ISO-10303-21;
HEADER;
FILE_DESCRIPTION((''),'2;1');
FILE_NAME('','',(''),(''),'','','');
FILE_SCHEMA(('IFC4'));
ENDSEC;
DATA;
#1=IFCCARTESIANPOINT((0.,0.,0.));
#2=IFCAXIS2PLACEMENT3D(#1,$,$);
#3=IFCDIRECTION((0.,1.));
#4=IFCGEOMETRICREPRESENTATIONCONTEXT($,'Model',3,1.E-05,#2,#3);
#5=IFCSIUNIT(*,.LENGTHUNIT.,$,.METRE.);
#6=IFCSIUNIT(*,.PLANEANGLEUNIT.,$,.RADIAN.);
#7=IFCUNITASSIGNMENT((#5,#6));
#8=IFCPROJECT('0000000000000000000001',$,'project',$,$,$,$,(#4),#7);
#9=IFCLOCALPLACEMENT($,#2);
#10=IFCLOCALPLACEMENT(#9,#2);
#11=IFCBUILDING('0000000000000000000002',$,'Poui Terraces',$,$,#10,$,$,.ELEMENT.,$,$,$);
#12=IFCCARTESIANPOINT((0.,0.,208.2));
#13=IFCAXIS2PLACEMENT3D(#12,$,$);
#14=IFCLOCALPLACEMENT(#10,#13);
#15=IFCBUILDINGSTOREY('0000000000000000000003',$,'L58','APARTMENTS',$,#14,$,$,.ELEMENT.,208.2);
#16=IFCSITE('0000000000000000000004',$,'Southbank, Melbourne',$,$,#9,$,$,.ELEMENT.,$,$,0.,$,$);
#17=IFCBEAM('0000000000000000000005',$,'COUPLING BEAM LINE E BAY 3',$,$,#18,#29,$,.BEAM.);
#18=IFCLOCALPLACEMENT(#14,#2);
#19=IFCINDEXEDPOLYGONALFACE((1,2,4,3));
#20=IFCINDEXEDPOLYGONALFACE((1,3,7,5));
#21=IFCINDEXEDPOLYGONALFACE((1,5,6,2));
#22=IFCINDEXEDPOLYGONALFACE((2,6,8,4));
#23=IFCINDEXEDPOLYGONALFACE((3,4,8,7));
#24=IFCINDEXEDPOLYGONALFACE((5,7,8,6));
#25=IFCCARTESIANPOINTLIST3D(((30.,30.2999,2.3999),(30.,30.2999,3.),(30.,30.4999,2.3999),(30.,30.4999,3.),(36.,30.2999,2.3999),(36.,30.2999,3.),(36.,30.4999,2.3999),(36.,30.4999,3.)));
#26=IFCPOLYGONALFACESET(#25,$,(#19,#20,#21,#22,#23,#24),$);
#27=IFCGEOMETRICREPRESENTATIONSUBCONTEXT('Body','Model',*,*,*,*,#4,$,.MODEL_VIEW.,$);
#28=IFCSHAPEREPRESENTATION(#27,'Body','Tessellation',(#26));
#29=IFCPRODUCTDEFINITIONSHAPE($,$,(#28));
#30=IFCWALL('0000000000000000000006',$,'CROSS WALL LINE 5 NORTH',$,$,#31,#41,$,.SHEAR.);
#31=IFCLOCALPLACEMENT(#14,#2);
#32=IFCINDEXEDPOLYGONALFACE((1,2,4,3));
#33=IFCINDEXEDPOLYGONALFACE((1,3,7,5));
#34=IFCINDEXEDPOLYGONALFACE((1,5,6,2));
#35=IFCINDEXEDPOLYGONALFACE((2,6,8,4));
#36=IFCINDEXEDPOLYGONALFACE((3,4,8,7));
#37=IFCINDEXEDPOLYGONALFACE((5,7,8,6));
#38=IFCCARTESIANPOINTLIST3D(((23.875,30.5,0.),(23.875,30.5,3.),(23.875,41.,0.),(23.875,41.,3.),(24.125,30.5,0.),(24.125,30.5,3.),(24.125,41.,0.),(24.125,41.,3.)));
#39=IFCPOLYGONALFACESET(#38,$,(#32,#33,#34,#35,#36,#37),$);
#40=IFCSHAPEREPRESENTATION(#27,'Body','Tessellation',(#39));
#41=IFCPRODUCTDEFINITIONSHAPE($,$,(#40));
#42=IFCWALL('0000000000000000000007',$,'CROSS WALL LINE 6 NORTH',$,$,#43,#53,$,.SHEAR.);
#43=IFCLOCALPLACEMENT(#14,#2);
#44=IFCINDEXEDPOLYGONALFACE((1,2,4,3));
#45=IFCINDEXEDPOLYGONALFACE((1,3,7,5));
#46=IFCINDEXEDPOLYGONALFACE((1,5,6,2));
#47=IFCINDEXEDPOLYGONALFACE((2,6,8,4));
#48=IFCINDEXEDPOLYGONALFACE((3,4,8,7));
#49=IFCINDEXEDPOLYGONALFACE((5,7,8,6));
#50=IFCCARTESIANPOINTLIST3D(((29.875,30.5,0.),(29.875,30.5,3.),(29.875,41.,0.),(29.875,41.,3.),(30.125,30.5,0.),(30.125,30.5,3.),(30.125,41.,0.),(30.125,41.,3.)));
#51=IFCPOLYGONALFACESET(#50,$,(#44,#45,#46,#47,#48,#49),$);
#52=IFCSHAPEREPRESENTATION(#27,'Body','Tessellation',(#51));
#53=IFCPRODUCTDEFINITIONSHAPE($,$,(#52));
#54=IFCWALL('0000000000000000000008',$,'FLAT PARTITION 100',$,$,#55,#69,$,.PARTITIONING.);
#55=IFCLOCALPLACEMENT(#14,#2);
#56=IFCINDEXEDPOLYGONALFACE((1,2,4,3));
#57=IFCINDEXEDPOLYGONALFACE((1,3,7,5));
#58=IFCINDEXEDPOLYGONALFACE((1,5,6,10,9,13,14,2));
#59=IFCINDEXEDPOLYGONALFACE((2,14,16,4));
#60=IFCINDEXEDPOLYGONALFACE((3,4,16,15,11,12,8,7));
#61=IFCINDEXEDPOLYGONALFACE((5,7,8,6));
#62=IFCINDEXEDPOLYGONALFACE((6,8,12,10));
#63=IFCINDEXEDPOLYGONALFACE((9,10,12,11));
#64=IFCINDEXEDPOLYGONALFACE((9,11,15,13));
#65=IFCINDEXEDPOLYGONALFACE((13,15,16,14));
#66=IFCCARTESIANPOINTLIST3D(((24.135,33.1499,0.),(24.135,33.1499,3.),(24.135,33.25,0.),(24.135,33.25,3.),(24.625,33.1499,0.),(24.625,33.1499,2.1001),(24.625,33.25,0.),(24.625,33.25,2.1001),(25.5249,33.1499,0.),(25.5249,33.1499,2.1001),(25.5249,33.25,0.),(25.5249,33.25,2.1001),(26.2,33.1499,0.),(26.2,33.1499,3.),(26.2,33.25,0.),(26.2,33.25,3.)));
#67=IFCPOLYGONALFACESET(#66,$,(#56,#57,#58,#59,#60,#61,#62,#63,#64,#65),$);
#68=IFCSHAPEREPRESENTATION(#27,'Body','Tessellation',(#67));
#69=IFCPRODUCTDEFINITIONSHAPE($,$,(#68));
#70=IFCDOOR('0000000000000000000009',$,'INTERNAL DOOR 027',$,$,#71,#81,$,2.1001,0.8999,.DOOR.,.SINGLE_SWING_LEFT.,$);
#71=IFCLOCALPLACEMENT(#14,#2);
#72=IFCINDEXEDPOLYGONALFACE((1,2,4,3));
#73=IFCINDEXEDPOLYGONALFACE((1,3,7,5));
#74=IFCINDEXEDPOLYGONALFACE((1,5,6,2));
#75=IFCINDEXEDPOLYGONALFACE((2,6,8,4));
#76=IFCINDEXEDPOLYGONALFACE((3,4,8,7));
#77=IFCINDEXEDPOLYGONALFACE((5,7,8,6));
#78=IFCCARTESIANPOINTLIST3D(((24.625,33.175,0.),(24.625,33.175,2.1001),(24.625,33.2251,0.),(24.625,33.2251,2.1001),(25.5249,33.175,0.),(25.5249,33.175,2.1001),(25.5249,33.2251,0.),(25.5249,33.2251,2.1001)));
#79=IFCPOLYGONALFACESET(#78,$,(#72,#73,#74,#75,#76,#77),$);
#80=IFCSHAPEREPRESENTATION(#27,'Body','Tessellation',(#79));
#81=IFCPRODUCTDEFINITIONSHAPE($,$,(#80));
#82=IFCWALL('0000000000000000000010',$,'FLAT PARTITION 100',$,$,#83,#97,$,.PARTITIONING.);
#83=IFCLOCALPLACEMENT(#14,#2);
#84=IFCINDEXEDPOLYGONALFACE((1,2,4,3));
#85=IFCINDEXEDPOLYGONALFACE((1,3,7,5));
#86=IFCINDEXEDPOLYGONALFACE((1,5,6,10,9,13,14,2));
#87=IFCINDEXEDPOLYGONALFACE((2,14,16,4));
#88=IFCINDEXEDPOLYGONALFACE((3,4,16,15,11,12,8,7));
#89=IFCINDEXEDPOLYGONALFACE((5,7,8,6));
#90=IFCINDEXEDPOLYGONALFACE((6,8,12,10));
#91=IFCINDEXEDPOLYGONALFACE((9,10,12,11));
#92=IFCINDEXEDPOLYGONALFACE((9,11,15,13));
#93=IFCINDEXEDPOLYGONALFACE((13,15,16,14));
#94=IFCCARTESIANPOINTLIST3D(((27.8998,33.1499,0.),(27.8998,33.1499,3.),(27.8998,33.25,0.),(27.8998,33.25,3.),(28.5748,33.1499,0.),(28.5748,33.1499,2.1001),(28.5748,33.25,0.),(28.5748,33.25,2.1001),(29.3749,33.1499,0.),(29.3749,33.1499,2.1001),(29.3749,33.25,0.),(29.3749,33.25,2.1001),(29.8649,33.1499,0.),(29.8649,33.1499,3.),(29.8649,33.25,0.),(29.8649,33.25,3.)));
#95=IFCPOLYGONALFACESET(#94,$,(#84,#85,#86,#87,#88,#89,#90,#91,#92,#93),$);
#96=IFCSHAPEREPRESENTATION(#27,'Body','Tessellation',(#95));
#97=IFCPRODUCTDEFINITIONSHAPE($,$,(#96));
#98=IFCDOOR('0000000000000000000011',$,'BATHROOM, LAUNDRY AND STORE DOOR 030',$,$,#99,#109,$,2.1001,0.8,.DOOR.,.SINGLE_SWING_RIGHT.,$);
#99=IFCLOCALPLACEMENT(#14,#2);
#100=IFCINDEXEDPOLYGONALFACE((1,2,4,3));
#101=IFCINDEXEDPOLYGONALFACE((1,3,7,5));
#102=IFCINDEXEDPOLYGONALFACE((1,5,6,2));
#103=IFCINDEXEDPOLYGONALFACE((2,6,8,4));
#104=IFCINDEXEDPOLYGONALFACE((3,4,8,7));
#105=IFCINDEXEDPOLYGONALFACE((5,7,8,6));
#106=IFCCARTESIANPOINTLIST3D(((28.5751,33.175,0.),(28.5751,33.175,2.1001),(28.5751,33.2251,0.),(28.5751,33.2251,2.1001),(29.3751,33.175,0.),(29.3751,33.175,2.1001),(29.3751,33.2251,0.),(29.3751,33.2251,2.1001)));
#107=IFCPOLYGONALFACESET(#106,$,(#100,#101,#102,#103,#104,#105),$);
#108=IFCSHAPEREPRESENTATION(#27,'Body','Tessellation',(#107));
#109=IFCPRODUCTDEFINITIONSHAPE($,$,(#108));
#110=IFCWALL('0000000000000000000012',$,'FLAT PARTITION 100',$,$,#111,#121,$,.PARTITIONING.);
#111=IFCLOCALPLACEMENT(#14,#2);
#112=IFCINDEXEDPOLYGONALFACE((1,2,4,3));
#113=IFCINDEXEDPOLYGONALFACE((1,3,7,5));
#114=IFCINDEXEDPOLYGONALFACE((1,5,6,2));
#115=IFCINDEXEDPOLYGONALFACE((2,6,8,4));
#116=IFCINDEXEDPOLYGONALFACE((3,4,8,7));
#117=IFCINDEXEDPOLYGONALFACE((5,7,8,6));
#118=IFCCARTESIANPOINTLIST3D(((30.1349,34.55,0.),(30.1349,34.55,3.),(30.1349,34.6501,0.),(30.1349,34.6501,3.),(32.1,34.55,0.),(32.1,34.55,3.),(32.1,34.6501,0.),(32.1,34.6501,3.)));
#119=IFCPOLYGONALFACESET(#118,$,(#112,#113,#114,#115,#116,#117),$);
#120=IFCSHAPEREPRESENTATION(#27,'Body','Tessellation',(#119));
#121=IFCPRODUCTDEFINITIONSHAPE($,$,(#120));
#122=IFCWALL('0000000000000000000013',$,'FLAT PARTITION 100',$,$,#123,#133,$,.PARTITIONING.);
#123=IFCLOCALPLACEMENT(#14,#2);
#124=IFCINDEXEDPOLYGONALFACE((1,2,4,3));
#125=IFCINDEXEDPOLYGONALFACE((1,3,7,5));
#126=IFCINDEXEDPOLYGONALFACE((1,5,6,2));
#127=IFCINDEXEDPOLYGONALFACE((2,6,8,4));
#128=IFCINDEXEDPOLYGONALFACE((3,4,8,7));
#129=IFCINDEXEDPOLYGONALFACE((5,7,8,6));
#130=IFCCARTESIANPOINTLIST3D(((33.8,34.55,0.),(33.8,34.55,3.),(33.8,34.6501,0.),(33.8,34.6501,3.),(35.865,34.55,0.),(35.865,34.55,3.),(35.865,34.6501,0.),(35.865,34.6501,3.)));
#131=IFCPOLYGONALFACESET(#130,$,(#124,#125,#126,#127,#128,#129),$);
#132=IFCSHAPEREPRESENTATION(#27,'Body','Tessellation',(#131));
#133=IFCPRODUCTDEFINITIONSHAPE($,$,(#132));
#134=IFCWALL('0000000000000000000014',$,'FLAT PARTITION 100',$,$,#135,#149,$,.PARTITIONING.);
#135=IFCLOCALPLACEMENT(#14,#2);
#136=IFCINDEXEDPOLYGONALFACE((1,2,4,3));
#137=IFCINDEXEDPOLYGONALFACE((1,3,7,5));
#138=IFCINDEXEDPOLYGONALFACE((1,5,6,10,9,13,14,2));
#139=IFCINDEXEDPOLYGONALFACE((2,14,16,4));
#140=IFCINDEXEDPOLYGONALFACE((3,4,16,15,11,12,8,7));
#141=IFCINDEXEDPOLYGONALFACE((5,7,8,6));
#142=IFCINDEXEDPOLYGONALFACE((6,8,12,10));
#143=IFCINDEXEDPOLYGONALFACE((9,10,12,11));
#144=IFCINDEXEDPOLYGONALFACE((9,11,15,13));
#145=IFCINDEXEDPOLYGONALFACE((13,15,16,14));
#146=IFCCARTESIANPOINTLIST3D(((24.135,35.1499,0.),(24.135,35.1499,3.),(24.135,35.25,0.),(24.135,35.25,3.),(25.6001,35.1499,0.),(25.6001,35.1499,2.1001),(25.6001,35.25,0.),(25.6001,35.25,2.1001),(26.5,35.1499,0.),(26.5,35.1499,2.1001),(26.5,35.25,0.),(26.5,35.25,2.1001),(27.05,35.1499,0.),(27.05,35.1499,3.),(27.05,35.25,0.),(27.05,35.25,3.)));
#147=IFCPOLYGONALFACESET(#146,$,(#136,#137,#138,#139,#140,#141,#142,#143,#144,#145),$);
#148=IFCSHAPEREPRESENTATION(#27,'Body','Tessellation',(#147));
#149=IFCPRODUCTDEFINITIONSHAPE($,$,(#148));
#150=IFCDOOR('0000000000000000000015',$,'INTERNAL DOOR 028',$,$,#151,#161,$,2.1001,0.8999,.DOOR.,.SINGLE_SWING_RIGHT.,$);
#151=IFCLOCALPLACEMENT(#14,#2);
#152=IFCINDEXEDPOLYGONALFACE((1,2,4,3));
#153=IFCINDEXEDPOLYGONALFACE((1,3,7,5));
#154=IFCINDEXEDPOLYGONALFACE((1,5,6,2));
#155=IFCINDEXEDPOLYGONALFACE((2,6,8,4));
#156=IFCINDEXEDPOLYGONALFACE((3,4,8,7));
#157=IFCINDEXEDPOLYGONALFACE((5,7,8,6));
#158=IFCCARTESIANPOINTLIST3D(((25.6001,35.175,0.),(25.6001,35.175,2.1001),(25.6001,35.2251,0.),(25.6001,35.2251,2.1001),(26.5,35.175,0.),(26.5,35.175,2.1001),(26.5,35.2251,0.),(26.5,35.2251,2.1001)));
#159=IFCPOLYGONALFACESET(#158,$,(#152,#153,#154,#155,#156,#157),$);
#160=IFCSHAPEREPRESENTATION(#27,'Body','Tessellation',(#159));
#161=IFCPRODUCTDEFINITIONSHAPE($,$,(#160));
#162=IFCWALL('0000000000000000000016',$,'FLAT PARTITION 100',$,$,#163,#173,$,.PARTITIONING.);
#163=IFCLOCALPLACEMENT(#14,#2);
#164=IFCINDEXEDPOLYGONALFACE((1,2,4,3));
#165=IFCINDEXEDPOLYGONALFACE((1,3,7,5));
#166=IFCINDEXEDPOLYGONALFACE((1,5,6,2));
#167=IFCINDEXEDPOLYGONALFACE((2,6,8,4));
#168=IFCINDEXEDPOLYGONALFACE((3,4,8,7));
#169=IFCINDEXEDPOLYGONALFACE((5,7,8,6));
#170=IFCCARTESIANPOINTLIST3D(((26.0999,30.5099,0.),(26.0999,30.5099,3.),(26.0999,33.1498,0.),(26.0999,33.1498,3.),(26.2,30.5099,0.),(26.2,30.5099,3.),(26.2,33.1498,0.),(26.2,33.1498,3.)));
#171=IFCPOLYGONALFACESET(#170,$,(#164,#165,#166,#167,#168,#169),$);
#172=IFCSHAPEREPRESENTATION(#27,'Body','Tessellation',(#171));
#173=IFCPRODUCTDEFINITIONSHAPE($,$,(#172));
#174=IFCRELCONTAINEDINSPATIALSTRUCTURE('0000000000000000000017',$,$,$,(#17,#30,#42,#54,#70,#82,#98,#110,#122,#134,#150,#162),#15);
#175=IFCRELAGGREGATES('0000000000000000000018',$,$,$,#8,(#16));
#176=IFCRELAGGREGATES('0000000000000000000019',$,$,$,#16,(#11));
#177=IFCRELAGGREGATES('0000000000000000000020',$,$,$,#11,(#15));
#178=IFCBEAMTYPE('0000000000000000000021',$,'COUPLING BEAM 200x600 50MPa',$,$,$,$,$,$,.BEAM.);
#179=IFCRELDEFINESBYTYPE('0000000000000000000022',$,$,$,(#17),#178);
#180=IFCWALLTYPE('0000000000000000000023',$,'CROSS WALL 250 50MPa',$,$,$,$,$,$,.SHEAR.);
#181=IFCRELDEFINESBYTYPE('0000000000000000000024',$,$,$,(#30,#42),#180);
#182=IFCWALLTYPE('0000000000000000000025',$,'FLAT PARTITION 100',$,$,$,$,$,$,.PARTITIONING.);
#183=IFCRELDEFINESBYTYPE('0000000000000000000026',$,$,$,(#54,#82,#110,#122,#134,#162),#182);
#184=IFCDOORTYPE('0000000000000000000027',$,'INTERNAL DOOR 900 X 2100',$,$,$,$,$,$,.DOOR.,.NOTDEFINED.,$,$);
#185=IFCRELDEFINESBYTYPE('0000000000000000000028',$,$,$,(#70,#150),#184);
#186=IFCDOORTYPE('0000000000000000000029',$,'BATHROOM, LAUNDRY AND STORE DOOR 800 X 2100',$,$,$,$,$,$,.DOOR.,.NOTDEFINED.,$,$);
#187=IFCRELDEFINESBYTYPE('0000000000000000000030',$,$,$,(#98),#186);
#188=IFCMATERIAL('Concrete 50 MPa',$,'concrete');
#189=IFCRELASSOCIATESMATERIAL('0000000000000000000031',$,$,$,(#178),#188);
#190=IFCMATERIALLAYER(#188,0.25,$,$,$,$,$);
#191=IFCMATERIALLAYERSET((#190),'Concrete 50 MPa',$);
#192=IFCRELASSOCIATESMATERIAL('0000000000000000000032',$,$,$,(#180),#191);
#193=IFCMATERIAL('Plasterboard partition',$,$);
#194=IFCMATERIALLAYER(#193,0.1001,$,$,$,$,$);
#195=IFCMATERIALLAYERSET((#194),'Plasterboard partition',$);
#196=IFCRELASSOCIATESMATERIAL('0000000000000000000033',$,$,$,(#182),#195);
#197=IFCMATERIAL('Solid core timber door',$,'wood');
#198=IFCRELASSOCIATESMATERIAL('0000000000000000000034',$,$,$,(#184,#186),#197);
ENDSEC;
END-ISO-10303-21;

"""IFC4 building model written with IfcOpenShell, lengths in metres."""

from ifc_helpers import new_model, si_unit, direction, frame, frame_2d, origin, origin_2d, place, context, subcontext, project, spatial, rectangle, extrude, source, transform, mapped, material, layer, layer_set, material_profile, profile_set, type_object, element, fill, save


model = new_model("IFC4")

# Units and contexts
model_context = context("Model", 3, precision=1e-05, world=origin(), true_north=direction((0.0, 1.0)))
body_context = subcontext(model_context, "Body", "Model", "MODEL_VIEW")
ifc_project = project(units=[si_unit("LENGTHUNIT", "METRE"), si_unit("PLANEANGLEUNIT", "RADIAN")], contexts=[model_context])

# Site, building, storey
site_placement = place(None, origin())
site = spatial("IfcSite", under=ifc_project, at=site_placement, Name="Southbank, Melbourne", CompositionType="ELEMENT", RefElevation=0.0)
building_placement = place(site_placement, origin())
building = spatial("IfcBuilding", under=site, at=building_placement, Name="Poui Terraces", CompositionType="ELEMENT")
storey_placement = place(building_placement, frame((0.0, 0.0, 208.2)))
storey = spatial("IfcBuildingStorey", under=building, at=storey_placement, Name="L58", Description="APARTMENTS", CompositionType="ELEMENT", Elevation=208.2)

# Beam
ifc_material_1 = material(Name="Concrete 50 MPa", Category="concrete")
ifc_material_profile_1 = material_profile(ifc_material_1, rectangle(XDim=0.2, YDim=0.6001, at=origin_2d()), Name="RC 200x600")
ifc_profile_set_1 = profile_set([ifc_material_profile_1], Name="Concrete 50 MPa")
beam_type = type_object("IfcBeamType", Name="COUPLING BEAM 200x600 50MPa", PredefinedType="BEAM", material=ifc_profile_set_1)
shared_shape_1 = source(origin(), body_context, "Body", "SweptSolid", [
    extrude(rectangle(XDim=0.2, YDim=0.6001, at=origin_2d()), origin(), (0.0, 0.0, 1.0), 6.0),
])
beam_placement = place(storey_placement, frame((30.0, 30.3999, 2.7), z_axis=(1.0, 0.0, 0.0), x_axis=(0.0, 1.0, 0.0)))
element("IfcBeam", 1, at=beam_placement, inside=storey, type_object=beam_type, Name="COUPLING BEAM LINE E BAY 3", PredefinedType="BEAM", context=body_context, shape_type="MappedRepresentation", body=[
    mapped(shared_shape_1, transform((0.0, 0.0, 0.0))),
])

# Walls
ifc_layer_1 = layer(ifc_material_1, 0.25)
ifc_layer_set_1 = layer_set([ifc_layer_1], Name="Concrete 50 MPa")
wall_type_1 = type_object("IfcWallType", Name="CROSS WALL 250 50MPa", PredefinedType="SHEAR", material=ifc_layer_set_1)
for number, where, z_axis, x_axis, name in (
    (2, (24.0, 30.5, 0.0), (0.0, 0.0, 1.0), (0.0, 1.0, 0.0), "CROSS WALL LINE 5 NORTH"),
    (3, (30.0, 30.5, 0.0), (0.0, 0.0, 1.0), (0.0, 1.0, 0.0), "CROSS WALL LINE 6 NORTH"),
):
    element("IfcWall", number, at=place(storey_placement, frame(where, z_axis=z_axis, x_axis=x_axis)), inside=storey, type_object=wall_type_1, Name=name, PredefinedType="SHEAR", context=body_context, shape_type="SweptSolid", body=[
        extrude(rectangle(XDim=10.5, YDim=0.25, at=frame_2d((5.25, 0.0))), origin(), (0.0, 0.0, 1.0), 3.0),
    ])

# Walls, openings, doors
ifc_material_2 = material(Name="Plasterboard partition")
ifc_layer_2 = layer(ifc_material_2, 0.1001)
ifc_layer_set_2 = layer_set([ifc_layer_2], Name="Plasterboard partition")
wall_type_2 = type_object("IfcWallType", Name="FLAT PARTITION 100", PredefinedType="PARTITIONING", material=ifc_layer_set_2)
wall_1_placement = place(storey_placement, frame((24.135, 33.2, 0.0), z_axis=(0.0, 0.0, 1.0), x_axis=(1.0, 0.0, 0.0)))
wall_1 = element("IfcWall", 4, at=wall_1_placement, inside=storey, type_object=wall_type_2, Name="FLAT PARTITION 100", PredefinedType="PARTITIONING", context=body_context, shape_type="SweptSolid", body=[
    extrude(rectangle(XDim=2.0649, YDim=0.1001, at=frame_2d((1.0325, 0.0))), origin(), (0.0, 0.0, 1.0), 3.0),
])
opening_1_placement = place(wall_1_placement, frame((0.49, 0.0, 0.0)))
opening_1 = element("IfcOpeningElement", 5, at=opening_1_placement, cuts=wall_1, PredefinedType="OPENING", context=body_context, shape_type="SweptSolid", body=[
    extrude(rectangle(XDim=0.8999, YDim=2.1001, at=frame_2d((0.45, 1.05))), frame((0.0, 0.0601, 0.0), z_axis=(0.0, -1.0, 0.0), x_axis=(1.0, 0.0, 0.0)), (0.0, 0.0, 1.0), 0.1201),
])
ifc_material_3 = material(Name="Solid core timber door", Category="wood")
door_type_1 = type_object("IfcDoorType", Name="INTERNAL DOOR 900 X 2100", OperationType="NOTDEFINED", PredefinedType="DOOR", material=ifc_material_3)
door_1_placement = place(opening_1_placement, frame((0.8999, 0.0, 0.0), z_axis=(0.0, 0.0, 1.0), x_axis=(-1.0, 0.0, 0.0)))
door_1 = element("IfcDoor", 6, at=door_1_placement, inside=storey, type_object=door_type_1, Name="INTERNAL DOOR 027", OperationType="SINGLE_SWING_LEFT", OverallHeight=2.1001, OverallWidth=0.8999, PredefinedType="DOOR", context=body_context, shape_type="SweptSolid", body=[
    extrude(rectangle(XDim=0.8999, YDim=2.1001, at=frame_2d((0.45, 1.05))), frame((0.0, 0.0249, 0.0), z_axis=(0.0, -1.0, 0.0), x_axis=(1.0, 0.0, 0.0)), (0.0, 0.0, 1.0), 0.05),
])
fill(opening_1, door_1)
wall_2_placement = place(storey_placement, frame((27.8999, 33.2, 0.0), z_axis=(0.0, 0.0, 1.0), x_axis=(1.0, 0.0, 0.0)))
wall_2 = element("IfcWall", 7, at=wall_2_placement, inside=storey, type_object=wall_type_2, Name="FLAT PARTITION 100", PredefinedType="PARTITIONING", context=body_context, shape_type="SweptSolid", body=[
    extrude(rectangle(XDim=1.9651, YDim=0.1001, at=frame_2d((0.9824, 0.0))), origin(), (0.0, 0.0, 1.0), 3.0),
])
opening_2_placement = place(wall_2_placement, frame((0.675, 0.0, 0.0)))
opening_2 = element("IfcOpeningElement", 8, at=opening_2_placement, cuts=wall_2, PredefinedType="OPENING", context=body_context, shape_type="SweptSolid", body=[
    extrude(rectangle(XDim=0.8, YDim=2.1001, at=frame_2d((0.3999, 1.05))), frame((0.0, 0.0601, 0.0), z_axis=(0.0, -1.0, 0.0), x_axis=(1.0, 0.0, 0.0)), (0.0, 0.0, 1.0), 0.1201),
])
door_type_2 = type_object("IfcDoorType", Name="BATHROOM, LAUNDRY AND STORE DOOR 800 X 2100", OperationType="NOTDEFINED", PredefinedType="DOOR", material=ifc_material_3)
door_2_placement = place(opening_2_placement, frame((0.8, 0.0, 0.0), z_axis=(0.0, 0.0, 1.0), x_axis=(-1.0, 0.0, 0.0)))
door_2 = element("IfcDoor", 9, at=door_2_placement, inside=storey, type_object=door_type_2, Name="BATHROOM, LAUNDRY AND STORE DOOR 030", OperationType="SINGLE_SWING_RIGHT", OverallHeight=2.1001, OverallWidth=0.8, PredefinedType="DOOR", context=body_context, shape_type="SweptSolid", body=[
    extrude(rectangle(XDim=0.8, YDim=2.1001, at=frame_2d((0.3999, 1.05))), frame((0.0, 0.0249, 0.0), z_axis=(0.0, -1.0, 0.0), x_axis=(1.0, 0.0, 0.0)), (0.0, 0.0, 1.0), 0.05),
])
fill(opening_2, door_2)

# Walls
wall_3_placement = place(storey_placement, frame((30.135, 34.6001, 0.0), z_axis=(0.0, 0.0, 1.0), x_axis=(1.0, 0.0, 0.0)))
element("IfcWall", 10, at=wall_3_placement, inside=storey, type_object=wall_type_2, Name="FLAT PARTITION 100", PredefinedType="PARTITIONING", context=body_context, shape_type="SweptSolid", body=[
    extrude(rectangle(XDim=1.9651, YDim=0.1001, at=frame_2d((0.9824, 0.0))), origin(), (0.0, 0.0, 1.0), 3.0),
])
wall_4_placement = place(storey_placement, frame((33.8, 34.6001, 0.0), z_axis=(0.0, 0.0, 1.0), x_axis=(1.0, 0.0, 0.0)))
element("IfcWall", 11, at=wall_4_placement, inside=storey, type_object=wall_type_2, Name="FLAT PARTITION 100", PredefinedType="PARTITIONING", context=body_context, shape_type="SweptSolid", body=[
    extrude(rectangle(XDim=2.0649, YDim=0.1001, at=frame_2d((1.0325, 0.0))), origin(), (0.0, 0.0, 1.0), 3.0),
])

# Wall, opening, door
wall_5_placement = place(storey_placement, frame((24.135, 35.2, 0.0), z_axis=(0.0, 0.0, 1.0), x_axis=(1.0, 0.0, 0.0)))
wall_5 = element("IfcWall", 12, at=wall_5_placement, inside=storey, type_object=wall_type_2, Name="FLAT PARTITION 100", PredefinedType="PARTITIONING", context=body_context, shape_type="SweptSolid", body=[
    extrude(rectangle(XDim=2.915, YDim=0.1001, at=frame_2d((1.4575, 0.0))), origin(), (0.0, 0.0, 1.0), 3.0),
])
opening_3_placement = place(wall_5_placement, frame((1.4651, 0.0, 0.0)))
opening_3 = element("IfcOpeningElement", 13, at=opening_3_placement, cuts=wall_5, PredefinedType="OPENING", context=body_context, shape_type="SweptSolid", body=[
    extrude(rectangle(XDim=0.8999, YDim=2.1001, at=frame_2d((0.45, 1.05))), frame((0.0, 0.0601, 0.0), z_axis=(0.0, -1.0, 0.0), x_axis=(1.0, 0.0, 0.0)), (0.0, 0.0, 1.0), 0.1201),
])
door_3_placement = place(opening_3_placement, frame((0.8999, 0.0, 0.0), z_axis=(0.0, 0.0, 1.0), x_axis=(-1.0, 0.0, 0.0)))
door_3 = element("IfcDoor", 14, at=door_3_placement, inside=storey, type_object=door_type_1, Name="INTERNAL DOOR 028", OperationType="SINGLE_SWING_RIGHT", OverallHeight=2.1001, OverallWidth=0.8999, PredefinedType="DOOR", context=body_context, shape_type="SweptSolid", body=[
    extrude(rectangle(XDim=0.8999, YDim=2.1001, at=frame_2d((0.45, 1.05))), frame((0.0, 0.0249, 0.0), z_axis=(0.0, -1.0, 0.0), x_axis=(1.0, 0.0, 0.0)), (0.0, 0.0, 1.0), 0.05),
])
fill(opening_3, door_3)

# Wall
wall_6_placement = place(storey_placement, frame((26.1499, 30.51, 0.0), z_axis=(0.0, 0.0, 1.0), x_axis=(0.0, 1.0, 0.0)))
element("IfcWall", 15, at=wall_6_placement, inside=storey, type_object=wall_type_2, Name="FLAT PARTITION 100", PredefinedType="PARTITIONING", context=body_context, shape_type="SweptSolid", body=[
    extrude(rectangle(XDim=2.6399, YDim=0.1001, at=frame_2d((1.3198, 0.0))), origin(), (0.0, 0.0, 1.0), 3.0),
])

save(model, "model.ifc")
